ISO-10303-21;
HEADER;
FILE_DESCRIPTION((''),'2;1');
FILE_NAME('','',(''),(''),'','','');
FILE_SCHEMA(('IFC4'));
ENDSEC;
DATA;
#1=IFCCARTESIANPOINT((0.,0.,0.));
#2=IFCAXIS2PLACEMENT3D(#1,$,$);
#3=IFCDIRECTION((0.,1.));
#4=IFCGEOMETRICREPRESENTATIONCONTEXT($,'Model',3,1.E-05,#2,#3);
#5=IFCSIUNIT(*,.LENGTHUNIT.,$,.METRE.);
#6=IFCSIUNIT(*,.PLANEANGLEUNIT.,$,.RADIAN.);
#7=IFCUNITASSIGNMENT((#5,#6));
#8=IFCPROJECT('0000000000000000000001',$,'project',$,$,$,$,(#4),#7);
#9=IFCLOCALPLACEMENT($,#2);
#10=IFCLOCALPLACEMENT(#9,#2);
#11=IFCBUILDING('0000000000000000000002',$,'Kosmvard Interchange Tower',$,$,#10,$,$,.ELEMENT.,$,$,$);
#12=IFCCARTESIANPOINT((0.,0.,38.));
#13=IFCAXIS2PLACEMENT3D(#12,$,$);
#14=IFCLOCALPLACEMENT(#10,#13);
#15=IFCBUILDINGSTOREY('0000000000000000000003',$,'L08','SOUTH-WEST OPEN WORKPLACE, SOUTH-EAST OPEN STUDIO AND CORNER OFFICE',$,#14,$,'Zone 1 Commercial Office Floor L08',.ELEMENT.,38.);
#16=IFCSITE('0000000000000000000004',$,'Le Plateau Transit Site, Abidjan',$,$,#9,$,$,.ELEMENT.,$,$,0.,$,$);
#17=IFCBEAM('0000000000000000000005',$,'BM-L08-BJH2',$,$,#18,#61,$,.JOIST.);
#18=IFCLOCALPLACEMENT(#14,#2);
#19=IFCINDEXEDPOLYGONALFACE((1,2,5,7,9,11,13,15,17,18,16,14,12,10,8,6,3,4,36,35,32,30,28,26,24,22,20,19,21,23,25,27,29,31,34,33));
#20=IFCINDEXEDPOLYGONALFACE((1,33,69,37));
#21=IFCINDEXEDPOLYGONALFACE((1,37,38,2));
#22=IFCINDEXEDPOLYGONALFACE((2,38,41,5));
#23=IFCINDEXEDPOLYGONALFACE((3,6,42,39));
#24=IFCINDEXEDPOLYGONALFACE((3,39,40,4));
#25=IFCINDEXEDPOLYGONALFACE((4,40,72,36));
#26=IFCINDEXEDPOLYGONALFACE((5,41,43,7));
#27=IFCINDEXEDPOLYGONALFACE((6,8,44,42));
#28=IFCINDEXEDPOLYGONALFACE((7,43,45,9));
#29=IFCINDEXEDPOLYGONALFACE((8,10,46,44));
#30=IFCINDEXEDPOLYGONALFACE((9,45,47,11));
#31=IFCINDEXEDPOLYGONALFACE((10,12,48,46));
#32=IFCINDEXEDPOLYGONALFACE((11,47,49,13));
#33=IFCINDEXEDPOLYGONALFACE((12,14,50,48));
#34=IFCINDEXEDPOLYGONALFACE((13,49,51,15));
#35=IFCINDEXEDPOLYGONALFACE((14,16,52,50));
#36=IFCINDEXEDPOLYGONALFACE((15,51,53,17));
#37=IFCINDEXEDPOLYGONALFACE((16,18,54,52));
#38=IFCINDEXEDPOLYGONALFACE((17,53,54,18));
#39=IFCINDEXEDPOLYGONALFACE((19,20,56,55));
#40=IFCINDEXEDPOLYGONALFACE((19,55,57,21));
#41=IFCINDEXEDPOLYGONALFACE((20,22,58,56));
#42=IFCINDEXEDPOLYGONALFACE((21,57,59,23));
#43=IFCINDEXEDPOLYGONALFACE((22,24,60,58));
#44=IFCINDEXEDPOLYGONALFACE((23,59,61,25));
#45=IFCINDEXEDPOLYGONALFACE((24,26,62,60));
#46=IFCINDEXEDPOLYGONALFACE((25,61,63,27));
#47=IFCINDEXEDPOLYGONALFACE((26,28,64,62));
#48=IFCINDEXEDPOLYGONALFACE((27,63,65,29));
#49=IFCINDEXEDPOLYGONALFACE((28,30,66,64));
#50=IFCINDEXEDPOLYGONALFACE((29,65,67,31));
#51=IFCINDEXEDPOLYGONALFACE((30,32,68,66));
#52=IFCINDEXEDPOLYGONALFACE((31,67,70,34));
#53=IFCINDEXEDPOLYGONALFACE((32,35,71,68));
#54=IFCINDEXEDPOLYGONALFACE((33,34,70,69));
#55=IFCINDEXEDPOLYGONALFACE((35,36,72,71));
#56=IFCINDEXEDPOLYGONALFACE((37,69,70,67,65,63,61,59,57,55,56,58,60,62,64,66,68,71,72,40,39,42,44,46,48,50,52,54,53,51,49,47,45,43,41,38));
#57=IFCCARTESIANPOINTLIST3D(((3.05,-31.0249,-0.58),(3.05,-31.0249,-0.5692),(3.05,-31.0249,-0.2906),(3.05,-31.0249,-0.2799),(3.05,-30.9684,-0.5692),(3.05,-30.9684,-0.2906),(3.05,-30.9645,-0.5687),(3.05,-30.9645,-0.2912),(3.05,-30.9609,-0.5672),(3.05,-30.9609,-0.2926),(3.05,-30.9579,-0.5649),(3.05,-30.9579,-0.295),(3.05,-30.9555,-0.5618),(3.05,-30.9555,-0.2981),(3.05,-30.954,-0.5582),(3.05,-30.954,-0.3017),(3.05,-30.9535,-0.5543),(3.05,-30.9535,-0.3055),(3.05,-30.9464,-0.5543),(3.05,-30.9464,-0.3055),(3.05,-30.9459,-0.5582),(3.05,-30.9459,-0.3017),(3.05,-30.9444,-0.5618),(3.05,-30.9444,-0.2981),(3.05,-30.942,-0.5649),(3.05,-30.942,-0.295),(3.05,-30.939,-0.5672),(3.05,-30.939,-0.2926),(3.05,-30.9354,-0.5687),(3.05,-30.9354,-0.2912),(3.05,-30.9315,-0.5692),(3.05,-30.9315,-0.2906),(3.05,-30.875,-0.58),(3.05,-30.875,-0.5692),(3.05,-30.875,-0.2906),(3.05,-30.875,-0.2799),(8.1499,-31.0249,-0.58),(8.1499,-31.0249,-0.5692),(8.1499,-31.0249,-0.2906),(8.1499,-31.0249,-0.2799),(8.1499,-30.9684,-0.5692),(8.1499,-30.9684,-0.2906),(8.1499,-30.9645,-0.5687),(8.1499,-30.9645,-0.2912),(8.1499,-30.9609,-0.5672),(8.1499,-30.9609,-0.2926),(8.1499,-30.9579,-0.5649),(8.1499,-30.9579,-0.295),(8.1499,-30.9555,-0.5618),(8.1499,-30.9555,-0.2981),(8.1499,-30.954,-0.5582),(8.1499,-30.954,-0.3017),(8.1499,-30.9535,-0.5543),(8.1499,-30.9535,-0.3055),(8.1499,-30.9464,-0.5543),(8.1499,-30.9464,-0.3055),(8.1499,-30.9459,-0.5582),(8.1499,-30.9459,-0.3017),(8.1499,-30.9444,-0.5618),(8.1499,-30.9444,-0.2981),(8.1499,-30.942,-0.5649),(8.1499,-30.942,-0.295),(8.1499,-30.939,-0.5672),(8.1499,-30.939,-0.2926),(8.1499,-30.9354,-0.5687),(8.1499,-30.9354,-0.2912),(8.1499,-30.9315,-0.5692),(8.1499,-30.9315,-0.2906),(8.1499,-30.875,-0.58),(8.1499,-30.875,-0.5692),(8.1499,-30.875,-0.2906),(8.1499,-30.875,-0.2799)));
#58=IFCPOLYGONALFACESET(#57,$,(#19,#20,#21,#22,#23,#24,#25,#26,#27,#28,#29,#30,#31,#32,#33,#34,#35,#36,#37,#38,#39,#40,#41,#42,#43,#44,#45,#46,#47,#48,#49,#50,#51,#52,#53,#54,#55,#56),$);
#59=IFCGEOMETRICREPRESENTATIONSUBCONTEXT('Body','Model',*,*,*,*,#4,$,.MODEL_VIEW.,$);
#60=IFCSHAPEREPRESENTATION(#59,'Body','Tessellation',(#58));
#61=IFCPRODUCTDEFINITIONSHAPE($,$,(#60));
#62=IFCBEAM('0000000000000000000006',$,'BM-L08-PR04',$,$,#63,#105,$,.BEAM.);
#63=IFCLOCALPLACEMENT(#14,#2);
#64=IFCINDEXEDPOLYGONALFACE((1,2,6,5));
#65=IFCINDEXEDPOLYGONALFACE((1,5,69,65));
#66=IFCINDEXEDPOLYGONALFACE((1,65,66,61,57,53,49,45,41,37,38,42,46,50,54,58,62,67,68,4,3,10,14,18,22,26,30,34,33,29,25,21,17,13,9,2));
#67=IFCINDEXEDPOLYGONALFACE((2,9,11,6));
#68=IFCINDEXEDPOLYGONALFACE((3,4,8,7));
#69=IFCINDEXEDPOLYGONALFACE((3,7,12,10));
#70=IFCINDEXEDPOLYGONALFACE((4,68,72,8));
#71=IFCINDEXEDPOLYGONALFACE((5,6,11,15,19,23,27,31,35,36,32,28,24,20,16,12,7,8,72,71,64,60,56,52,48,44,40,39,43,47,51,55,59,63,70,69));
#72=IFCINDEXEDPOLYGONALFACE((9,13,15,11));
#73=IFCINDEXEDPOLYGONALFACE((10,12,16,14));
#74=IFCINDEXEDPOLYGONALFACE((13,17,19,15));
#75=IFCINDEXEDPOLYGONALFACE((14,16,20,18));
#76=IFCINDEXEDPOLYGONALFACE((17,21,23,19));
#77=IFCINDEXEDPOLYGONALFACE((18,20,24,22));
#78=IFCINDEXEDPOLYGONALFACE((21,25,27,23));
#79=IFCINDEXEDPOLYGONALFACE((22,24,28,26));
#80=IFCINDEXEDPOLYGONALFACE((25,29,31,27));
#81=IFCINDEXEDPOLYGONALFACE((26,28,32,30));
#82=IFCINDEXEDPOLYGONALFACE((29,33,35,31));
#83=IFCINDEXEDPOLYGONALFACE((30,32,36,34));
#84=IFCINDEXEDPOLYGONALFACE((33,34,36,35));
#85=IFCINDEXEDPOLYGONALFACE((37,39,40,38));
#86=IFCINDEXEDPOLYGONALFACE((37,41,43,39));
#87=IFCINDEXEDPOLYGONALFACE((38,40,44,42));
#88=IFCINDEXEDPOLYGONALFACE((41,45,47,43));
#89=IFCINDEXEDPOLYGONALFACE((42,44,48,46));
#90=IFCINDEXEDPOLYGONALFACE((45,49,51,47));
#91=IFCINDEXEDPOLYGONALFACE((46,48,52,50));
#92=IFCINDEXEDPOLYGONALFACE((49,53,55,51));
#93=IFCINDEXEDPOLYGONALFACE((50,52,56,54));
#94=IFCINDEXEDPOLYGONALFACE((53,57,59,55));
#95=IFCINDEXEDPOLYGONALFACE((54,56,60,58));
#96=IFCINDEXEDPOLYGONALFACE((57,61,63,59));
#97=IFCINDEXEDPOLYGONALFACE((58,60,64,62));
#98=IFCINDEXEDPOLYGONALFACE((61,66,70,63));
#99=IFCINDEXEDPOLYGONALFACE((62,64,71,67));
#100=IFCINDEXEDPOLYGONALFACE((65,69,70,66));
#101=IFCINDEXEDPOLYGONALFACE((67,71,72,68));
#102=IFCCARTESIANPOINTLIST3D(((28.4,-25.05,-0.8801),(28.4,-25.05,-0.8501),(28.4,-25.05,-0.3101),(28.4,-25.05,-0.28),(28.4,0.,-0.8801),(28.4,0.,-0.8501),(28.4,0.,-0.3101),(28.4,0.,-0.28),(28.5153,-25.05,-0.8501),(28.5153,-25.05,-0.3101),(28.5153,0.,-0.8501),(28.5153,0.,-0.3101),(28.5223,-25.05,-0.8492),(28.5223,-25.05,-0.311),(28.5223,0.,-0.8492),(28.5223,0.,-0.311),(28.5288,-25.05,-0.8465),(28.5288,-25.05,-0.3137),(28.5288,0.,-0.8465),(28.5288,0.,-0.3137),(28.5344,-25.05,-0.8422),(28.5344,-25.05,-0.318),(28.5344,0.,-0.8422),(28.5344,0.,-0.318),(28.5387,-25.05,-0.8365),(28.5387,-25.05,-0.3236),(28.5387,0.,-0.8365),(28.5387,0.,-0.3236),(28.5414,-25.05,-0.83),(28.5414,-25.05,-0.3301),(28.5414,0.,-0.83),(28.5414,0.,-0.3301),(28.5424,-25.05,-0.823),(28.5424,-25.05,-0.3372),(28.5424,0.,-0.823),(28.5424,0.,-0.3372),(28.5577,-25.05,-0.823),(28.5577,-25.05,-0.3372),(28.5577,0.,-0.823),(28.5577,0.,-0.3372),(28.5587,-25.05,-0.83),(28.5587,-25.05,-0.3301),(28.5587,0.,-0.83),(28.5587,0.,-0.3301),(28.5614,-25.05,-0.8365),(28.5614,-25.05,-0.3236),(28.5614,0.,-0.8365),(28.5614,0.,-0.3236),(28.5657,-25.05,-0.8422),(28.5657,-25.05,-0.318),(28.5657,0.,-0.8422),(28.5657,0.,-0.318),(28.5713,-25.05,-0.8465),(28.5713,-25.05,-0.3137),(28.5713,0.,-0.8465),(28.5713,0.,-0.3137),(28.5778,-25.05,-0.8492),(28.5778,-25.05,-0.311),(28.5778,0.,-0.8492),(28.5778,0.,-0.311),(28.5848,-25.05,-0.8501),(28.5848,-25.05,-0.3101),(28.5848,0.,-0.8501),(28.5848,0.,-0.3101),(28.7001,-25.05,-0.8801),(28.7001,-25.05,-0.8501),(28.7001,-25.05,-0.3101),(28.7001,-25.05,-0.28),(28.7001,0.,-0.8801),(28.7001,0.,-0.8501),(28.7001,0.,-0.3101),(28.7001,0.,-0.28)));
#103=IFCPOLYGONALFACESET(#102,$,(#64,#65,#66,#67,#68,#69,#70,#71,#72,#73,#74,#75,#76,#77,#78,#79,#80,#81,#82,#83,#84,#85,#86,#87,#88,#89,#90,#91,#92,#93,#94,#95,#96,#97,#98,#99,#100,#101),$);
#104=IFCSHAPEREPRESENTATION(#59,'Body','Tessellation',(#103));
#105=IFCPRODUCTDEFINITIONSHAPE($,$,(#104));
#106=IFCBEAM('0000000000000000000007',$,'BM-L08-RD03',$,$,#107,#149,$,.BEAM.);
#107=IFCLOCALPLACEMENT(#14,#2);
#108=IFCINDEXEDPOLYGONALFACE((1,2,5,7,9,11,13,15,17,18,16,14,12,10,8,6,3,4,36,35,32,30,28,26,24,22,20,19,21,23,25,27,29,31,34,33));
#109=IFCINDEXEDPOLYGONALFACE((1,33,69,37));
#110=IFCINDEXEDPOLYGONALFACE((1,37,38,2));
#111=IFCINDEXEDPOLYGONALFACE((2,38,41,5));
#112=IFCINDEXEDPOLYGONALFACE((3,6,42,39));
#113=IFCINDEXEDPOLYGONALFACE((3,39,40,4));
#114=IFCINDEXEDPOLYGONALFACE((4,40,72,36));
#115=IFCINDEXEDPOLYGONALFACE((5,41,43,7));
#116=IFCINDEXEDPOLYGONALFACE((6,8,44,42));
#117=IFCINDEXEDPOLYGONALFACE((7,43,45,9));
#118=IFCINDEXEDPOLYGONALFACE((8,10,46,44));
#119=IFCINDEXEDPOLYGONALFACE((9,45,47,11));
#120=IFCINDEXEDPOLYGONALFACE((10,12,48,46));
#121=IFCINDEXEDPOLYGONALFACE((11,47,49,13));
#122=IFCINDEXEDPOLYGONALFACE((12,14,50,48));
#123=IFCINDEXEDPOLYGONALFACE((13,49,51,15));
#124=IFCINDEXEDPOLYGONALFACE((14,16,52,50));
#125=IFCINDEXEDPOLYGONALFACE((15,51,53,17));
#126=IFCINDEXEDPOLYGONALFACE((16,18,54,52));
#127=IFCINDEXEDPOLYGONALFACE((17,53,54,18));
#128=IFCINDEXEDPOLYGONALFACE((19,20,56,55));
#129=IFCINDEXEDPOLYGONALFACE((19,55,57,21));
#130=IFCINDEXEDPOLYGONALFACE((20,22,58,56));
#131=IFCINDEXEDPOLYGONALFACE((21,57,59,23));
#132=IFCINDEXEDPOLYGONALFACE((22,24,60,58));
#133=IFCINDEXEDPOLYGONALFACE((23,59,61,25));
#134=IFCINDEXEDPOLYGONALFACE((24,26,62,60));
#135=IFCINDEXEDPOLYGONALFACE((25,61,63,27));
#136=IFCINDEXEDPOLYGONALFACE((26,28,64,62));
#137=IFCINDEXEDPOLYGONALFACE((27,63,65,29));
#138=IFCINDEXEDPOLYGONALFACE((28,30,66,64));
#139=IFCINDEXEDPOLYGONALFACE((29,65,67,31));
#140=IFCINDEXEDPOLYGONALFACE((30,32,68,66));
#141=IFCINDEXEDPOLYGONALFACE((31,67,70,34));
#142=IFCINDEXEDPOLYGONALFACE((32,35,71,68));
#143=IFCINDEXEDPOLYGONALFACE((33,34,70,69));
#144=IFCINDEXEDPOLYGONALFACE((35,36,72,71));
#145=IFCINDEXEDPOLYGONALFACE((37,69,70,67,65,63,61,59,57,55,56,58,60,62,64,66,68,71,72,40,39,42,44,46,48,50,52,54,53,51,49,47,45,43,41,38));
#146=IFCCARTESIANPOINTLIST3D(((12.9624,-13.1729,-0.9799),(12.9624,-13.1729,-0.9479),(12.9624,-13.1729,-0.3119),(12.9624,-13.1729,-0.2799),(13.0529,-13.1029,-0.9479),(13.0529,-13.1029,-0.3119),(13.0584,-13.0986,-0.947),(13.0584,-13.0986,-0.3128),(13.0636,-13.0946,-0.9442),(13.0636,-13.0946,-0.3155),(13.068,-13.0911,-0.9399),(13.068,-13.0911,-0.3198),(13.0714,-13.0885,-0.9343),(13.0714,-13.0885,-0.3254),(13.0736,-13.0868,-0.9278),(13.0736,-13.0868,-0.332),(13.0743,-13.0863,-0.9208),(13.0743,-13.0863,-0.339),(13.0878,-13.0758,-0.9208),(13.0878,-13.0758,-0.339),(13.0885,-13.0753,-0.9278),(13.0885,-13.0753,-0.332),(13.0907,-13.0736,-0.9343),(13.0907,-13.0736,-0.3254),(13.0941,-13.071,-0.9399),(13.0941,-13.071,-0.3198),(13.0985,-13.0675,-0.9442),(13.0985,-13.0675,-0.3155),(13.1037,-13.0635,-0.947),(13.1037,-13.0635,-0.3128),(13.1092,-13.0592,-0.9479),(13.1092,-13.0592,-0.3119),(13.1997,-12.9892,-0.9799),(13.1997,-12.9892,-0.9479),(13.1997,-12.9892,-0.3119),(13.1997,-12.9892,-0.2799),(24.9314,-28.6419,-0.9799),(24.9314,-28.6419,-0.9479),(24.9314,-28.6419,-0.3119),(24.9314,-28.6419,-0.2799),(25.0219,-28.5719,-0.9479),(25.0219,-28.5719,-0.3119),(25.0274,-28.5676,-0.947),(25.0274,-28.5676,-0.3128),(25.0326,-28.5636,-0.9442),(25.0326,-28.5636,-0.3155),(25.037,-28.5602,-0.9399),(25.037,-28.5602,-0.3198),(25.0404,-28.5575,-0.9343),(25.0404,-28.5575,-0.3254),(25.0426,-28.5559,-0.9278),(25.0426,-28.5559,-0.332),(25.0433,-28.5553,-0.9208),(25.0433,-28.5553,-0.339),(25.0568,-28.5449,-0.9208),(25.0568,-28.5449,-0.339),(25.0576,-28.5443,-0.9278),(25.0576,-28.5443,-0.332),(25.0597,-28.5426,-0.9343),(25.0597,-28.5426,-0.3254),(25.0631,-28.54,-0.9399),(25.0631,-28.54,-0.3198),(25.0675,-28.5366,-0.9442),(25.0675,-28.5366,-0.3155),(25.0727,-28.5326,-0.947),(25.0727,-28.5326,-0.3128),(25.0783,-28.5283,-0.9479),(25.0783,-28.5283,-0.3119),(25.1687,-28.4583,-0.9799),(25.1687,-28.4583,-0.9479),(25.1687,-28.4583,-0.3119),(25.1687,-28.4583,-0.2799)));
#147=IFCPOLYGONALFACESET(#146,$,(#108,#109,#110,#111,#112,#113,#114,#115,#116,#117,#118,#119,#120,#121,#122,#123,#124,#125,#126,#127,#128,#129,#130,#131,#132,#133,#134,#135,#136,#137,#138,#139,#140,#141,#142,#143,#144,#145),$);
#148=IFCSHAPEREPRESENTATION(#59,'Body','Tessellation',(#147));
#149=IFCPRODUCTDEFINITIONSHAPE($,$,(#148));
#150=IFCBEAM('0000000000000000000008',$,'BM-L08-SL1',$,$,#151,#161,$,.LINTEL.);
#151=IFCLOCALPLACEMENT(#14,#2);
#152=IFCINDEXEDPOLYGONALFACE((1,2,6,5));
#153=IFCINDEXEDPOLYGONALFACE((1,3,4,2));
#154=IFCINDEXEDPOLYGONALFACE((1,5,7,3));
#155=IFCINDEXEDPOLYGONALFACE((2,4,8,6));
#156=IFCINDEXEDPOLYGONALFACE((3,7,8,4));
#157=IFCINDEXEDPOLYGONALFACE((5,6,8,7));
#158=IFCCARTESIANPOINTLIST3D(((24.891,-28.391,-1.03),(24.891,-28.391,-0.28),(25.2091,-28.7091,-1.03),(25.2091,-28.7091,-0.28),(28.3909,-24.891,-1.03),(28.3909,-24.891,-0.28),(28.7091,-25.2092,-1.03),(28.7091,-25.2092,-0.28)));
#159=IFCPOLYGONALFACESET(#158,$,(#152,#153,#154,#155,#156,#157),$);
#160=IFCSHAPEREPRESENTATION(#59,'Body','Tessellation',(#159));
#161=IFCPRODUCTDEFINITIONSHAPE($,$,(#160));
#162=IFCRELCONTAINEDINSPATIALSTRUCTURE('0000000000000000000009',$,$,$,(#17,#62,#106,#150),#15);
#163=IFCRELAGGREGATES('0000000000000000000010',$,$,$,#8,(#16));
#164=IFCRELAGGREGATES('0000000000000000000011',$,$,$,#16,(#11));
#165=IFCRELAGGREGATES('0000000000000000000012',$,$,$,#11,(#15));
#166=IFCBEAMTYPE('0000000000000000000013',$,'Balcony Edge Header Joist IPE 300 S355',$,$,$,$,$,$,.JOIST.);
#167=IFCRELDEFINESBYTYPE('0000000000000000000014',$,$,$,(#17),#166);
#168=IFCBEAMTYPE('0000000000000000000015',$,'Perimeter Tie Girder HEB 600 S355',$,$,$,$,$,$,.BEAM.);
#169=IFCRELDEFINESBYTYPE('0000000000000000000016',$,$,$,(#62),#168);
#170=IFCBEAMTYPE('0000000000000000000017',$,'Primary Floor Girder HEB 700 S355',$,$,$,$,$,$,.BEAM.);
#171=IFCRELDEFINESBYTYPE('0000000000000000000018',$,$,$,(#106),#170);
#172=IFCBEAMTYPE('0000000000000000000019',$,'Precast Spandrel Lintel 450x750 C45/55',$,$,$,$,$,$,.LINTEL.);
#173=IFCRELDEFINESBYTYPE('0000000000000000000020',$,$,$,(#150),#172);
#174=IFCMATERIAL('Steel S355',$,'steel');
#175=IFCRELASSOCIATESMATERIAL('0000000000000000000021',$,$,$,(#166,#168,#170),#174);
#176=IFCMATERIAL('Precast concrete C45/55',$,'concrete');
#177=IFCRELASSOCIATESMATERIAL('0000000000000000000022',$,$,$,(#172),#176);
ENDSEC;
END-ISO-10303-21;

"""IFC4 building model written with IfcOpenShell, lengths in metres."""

from ifc_helpers import new_model, si_unit, direction, frame, origin, origin_2d, place, context, subcontext, project, spatial, rectangle, i_section, extrude, source, transform, mapped, material, material_profile, profile_set, type_object, element, save


model = new_model("IFC4")

# Units and contexts
model_context = context("Model", 3, precision=1e-05, world=origin(), true_north=direction((0.0, 1.0)))
body_context = subcontext(model_context, "Body", "Model", "MODEL_VIEW")
ifc_project = project(units=[si_unit("LENGTHUNIT", "METRE"), si_unit("PLANEANGLEUNIT", "RADIAN")], contexts=[model_context])

# Site, building, storey
site_placement = place(None, origin())
site = spatial("IfcSite", under=ifc_project, at=site_placement, Name="Le Plateau Transit Site, Abidjan", CompositionType="ELEMENT", RefElevation=0.0)
building_placement = place(site_placement, origin())
building = spatial("IfcBuilding", under=site, at=building_placement, Name="Kosmvard Interchange Tower", CompositionType="ELEMENT")
storey_placement = place(building_placement, frame((0.0, 0.0, 38.0)))
storey = spatial("IfcBuildingStorey", under=building, at=storey_placement, Name="L08", Description="SOUTH-WEST OPEN WORKPLACE, SOUTH-EAST OPEN STUDIO AND CORNER OFFICE", LongName="Zone 1 Commercial Office Floor L08", CompositionType="ELEMENT", Elevation=38.0)

# Beams
ifc_material_1 = material(Name="Steel S355", Category="steel")
ifc_material_profile_1 = material_profile(ifc_material_1, i_section(OverallWidth=0.1499, OverallDepth=0.3, WebThickness=0.0071, FlangeThickness=0.0107, FilletRadius=0.0149, at=origin_2d()), Name="IPE 300")
ifc_profile_set_1 = profile_set([ifc_material_profile_1], Name="Steel S355")
beam_type_1 = type_object("IfcBeamType", Name="Balcony Edge Header Joist IPE 300 S355", PredefinedType="JOIST", material=ifc_profile_set_1)
shared_shape_1 = source(origin(), body_context, "Body", "SweptSolid", [
    extrude(i_section(OverallWidth=0.1499, OverallDepth=0.3, WebThickness=0.0071, FlangeThickness=0.0107, FilletRadius=0.0149, at=origin_2d()), origin(), (0.0, 0.0, 1.0), 5.0999),
])
beam_1_placement = place(storey_placement, frame((3.05, -30.95, -0.4299), z_axis=(1.0, 0.0, 0.0), x_axis=(0.0, 1.0, 0.0)))
element("IfcBeam", 1, at=beam_1_placement, inside=storey, type_object=beam_type_1, Name="BM-L08-BJH2", PredefinedType="JOIST", context=body_context, shape_type="MappedRepresentation", body=[
    mapped(shared_shape_1, transform((0.0, 0.0, 0.0), scale=1.0)),
])
ifc_material_profile_2 = material_profile(ifc_material_1, i_section(OverallWidth=0.3, OverallDepth=0.6001, WebThickness=0.0154, FlangeThickness=0.03, FilletRadius=0.0271, at=origin_2d()), Name="HEB 600")
ifc_profile_set_2 = profile_set([ifc_material_profile_2], Name="Steel S355")
beam_type_2 = type_object("IfcBeamType", Name="Perimeter Tie Girder HEB 600 S355", PredefinedType="BEAM", material=ifc_profile_set_2)
shared_shape_2 = source(origin(), body_context, "Body", "SweptSolid", [
    extrude(i_section(OverallWidth=0.3, OverallDepth=0.6001, WebThickness=0.0154, FlangeThickness=0.03, FilletRadius=0.0271, at=origin_2d()), origin(), (0.0, 0.0, 1.0), 25.05),
])
beam_2_placement = place(storey_placement, frame((28.55, -25.05, -0.5801), z_axis=(0.0, 1.0, 0.0), x_axis=(-1.0, 0.0, 0.0)))
element("IfcBeam", 2, at=beam_2_placement, inside=storey, type_object=beam_type_2, Name="BM-L08-PR04", PredefinedType="BEAM", context=body_context, shape_type="MappedRepresentation", body=[
    mapped(shared_shape_2, transform((0.0, 0.0, 0.0), scale=1.0)),
])
ifc_material_profile_3 = material_profile(ifc_material_1, i_section(OverallWidth=0.3, OverallDepth=0.7, WebThickness=0.0171, FlangeThickness=0.032, FilletRadius=0.0271, at=origin_2d()), Name="HEB 700")
ifc_profile_set_3 = profile_set([ifc_material_profile_3], Name="Steel S355")
beam_type_3 = type_object("IfcBeamType", Name="Primary Floor Girder HEB 700 S355", PredefinedType="BEAM", material=ifc_profile_set_3)
shared_shape_3 = source(origin(), body_context, "Body", "SweptSolid", [
    extrude(i_section(OverallWidth=0.3, OverallDepth=0.7, WebThickness=0.0171, FlangeThickness=0.032, FilletRadius=0.0271, at=origin_2d()), origin(), (0.0, 0.0, 1.0), 19.5588),
])
beam_3_placement = place(storey_placement, frame((13.0811, -13.0811, -0.6299), z_axis=(0.611949, -0.790897, 0.0), x_axis=(0.790897, 0.611949, 0.0)))
element("IfcBeam", 3, at=beam_3_placement, inside=storey, type_object=beam_type_3, Name="BM-L08-RD03", PredefinedType="BEAM", context=body_context, shape_type="MappedRepresentation", body=[
    mapped(shared_shape_3, transform((0.0, 0.0, 0.0), scale=1.0)),
])
ifc_material_2 = material(Name="Precast concrete C45/55", Category="concrete")
ifc_material_profile_4 = material_profile(ifc_material_2, rectangle(XDim=0.45, YDim=0.75, at=origin_2d()), Name="SL 450x750")
ifc_profile_set_4 = profile_set([ifc_material_profile_4], Name="Precast concrete C45/55")
beam_type_4 = type_object("IfcBeamType", Name="Precast Spandrel Lintel 450x750 C45/55", PredefinedType="LINTEL", material=ifc_profile_set_4)
shared_shape_4 = source(origin(), body_context, "Body", "SweptSolid", [
    extrude(rectangle(XDim=0.45, YDim=0.75, at=origin_2d()), origin(), (0.0, 0.0, 1.0), 4.9497),
])
beam_4_placement = place(storey_placement, frame((25.05, -28.55, -0.655), z_axis=(0.707107, 0.707107, 0.0), x_axis=(-0.707107, 0.707107, 0.0)))
element("IfcBeam", 4, at=beam_4_placement, inside=storey, type_object=beam_type_4, Name="BM-L08-SL1", PredefinedType="LINTEL", context=body_context, shape_type="MappedRepresentation", body=[
    mapped(shared_shape_4, transform((0.0, 0.0, 0.0), scale=1.0)),
])

save(model, "model.ifc")
